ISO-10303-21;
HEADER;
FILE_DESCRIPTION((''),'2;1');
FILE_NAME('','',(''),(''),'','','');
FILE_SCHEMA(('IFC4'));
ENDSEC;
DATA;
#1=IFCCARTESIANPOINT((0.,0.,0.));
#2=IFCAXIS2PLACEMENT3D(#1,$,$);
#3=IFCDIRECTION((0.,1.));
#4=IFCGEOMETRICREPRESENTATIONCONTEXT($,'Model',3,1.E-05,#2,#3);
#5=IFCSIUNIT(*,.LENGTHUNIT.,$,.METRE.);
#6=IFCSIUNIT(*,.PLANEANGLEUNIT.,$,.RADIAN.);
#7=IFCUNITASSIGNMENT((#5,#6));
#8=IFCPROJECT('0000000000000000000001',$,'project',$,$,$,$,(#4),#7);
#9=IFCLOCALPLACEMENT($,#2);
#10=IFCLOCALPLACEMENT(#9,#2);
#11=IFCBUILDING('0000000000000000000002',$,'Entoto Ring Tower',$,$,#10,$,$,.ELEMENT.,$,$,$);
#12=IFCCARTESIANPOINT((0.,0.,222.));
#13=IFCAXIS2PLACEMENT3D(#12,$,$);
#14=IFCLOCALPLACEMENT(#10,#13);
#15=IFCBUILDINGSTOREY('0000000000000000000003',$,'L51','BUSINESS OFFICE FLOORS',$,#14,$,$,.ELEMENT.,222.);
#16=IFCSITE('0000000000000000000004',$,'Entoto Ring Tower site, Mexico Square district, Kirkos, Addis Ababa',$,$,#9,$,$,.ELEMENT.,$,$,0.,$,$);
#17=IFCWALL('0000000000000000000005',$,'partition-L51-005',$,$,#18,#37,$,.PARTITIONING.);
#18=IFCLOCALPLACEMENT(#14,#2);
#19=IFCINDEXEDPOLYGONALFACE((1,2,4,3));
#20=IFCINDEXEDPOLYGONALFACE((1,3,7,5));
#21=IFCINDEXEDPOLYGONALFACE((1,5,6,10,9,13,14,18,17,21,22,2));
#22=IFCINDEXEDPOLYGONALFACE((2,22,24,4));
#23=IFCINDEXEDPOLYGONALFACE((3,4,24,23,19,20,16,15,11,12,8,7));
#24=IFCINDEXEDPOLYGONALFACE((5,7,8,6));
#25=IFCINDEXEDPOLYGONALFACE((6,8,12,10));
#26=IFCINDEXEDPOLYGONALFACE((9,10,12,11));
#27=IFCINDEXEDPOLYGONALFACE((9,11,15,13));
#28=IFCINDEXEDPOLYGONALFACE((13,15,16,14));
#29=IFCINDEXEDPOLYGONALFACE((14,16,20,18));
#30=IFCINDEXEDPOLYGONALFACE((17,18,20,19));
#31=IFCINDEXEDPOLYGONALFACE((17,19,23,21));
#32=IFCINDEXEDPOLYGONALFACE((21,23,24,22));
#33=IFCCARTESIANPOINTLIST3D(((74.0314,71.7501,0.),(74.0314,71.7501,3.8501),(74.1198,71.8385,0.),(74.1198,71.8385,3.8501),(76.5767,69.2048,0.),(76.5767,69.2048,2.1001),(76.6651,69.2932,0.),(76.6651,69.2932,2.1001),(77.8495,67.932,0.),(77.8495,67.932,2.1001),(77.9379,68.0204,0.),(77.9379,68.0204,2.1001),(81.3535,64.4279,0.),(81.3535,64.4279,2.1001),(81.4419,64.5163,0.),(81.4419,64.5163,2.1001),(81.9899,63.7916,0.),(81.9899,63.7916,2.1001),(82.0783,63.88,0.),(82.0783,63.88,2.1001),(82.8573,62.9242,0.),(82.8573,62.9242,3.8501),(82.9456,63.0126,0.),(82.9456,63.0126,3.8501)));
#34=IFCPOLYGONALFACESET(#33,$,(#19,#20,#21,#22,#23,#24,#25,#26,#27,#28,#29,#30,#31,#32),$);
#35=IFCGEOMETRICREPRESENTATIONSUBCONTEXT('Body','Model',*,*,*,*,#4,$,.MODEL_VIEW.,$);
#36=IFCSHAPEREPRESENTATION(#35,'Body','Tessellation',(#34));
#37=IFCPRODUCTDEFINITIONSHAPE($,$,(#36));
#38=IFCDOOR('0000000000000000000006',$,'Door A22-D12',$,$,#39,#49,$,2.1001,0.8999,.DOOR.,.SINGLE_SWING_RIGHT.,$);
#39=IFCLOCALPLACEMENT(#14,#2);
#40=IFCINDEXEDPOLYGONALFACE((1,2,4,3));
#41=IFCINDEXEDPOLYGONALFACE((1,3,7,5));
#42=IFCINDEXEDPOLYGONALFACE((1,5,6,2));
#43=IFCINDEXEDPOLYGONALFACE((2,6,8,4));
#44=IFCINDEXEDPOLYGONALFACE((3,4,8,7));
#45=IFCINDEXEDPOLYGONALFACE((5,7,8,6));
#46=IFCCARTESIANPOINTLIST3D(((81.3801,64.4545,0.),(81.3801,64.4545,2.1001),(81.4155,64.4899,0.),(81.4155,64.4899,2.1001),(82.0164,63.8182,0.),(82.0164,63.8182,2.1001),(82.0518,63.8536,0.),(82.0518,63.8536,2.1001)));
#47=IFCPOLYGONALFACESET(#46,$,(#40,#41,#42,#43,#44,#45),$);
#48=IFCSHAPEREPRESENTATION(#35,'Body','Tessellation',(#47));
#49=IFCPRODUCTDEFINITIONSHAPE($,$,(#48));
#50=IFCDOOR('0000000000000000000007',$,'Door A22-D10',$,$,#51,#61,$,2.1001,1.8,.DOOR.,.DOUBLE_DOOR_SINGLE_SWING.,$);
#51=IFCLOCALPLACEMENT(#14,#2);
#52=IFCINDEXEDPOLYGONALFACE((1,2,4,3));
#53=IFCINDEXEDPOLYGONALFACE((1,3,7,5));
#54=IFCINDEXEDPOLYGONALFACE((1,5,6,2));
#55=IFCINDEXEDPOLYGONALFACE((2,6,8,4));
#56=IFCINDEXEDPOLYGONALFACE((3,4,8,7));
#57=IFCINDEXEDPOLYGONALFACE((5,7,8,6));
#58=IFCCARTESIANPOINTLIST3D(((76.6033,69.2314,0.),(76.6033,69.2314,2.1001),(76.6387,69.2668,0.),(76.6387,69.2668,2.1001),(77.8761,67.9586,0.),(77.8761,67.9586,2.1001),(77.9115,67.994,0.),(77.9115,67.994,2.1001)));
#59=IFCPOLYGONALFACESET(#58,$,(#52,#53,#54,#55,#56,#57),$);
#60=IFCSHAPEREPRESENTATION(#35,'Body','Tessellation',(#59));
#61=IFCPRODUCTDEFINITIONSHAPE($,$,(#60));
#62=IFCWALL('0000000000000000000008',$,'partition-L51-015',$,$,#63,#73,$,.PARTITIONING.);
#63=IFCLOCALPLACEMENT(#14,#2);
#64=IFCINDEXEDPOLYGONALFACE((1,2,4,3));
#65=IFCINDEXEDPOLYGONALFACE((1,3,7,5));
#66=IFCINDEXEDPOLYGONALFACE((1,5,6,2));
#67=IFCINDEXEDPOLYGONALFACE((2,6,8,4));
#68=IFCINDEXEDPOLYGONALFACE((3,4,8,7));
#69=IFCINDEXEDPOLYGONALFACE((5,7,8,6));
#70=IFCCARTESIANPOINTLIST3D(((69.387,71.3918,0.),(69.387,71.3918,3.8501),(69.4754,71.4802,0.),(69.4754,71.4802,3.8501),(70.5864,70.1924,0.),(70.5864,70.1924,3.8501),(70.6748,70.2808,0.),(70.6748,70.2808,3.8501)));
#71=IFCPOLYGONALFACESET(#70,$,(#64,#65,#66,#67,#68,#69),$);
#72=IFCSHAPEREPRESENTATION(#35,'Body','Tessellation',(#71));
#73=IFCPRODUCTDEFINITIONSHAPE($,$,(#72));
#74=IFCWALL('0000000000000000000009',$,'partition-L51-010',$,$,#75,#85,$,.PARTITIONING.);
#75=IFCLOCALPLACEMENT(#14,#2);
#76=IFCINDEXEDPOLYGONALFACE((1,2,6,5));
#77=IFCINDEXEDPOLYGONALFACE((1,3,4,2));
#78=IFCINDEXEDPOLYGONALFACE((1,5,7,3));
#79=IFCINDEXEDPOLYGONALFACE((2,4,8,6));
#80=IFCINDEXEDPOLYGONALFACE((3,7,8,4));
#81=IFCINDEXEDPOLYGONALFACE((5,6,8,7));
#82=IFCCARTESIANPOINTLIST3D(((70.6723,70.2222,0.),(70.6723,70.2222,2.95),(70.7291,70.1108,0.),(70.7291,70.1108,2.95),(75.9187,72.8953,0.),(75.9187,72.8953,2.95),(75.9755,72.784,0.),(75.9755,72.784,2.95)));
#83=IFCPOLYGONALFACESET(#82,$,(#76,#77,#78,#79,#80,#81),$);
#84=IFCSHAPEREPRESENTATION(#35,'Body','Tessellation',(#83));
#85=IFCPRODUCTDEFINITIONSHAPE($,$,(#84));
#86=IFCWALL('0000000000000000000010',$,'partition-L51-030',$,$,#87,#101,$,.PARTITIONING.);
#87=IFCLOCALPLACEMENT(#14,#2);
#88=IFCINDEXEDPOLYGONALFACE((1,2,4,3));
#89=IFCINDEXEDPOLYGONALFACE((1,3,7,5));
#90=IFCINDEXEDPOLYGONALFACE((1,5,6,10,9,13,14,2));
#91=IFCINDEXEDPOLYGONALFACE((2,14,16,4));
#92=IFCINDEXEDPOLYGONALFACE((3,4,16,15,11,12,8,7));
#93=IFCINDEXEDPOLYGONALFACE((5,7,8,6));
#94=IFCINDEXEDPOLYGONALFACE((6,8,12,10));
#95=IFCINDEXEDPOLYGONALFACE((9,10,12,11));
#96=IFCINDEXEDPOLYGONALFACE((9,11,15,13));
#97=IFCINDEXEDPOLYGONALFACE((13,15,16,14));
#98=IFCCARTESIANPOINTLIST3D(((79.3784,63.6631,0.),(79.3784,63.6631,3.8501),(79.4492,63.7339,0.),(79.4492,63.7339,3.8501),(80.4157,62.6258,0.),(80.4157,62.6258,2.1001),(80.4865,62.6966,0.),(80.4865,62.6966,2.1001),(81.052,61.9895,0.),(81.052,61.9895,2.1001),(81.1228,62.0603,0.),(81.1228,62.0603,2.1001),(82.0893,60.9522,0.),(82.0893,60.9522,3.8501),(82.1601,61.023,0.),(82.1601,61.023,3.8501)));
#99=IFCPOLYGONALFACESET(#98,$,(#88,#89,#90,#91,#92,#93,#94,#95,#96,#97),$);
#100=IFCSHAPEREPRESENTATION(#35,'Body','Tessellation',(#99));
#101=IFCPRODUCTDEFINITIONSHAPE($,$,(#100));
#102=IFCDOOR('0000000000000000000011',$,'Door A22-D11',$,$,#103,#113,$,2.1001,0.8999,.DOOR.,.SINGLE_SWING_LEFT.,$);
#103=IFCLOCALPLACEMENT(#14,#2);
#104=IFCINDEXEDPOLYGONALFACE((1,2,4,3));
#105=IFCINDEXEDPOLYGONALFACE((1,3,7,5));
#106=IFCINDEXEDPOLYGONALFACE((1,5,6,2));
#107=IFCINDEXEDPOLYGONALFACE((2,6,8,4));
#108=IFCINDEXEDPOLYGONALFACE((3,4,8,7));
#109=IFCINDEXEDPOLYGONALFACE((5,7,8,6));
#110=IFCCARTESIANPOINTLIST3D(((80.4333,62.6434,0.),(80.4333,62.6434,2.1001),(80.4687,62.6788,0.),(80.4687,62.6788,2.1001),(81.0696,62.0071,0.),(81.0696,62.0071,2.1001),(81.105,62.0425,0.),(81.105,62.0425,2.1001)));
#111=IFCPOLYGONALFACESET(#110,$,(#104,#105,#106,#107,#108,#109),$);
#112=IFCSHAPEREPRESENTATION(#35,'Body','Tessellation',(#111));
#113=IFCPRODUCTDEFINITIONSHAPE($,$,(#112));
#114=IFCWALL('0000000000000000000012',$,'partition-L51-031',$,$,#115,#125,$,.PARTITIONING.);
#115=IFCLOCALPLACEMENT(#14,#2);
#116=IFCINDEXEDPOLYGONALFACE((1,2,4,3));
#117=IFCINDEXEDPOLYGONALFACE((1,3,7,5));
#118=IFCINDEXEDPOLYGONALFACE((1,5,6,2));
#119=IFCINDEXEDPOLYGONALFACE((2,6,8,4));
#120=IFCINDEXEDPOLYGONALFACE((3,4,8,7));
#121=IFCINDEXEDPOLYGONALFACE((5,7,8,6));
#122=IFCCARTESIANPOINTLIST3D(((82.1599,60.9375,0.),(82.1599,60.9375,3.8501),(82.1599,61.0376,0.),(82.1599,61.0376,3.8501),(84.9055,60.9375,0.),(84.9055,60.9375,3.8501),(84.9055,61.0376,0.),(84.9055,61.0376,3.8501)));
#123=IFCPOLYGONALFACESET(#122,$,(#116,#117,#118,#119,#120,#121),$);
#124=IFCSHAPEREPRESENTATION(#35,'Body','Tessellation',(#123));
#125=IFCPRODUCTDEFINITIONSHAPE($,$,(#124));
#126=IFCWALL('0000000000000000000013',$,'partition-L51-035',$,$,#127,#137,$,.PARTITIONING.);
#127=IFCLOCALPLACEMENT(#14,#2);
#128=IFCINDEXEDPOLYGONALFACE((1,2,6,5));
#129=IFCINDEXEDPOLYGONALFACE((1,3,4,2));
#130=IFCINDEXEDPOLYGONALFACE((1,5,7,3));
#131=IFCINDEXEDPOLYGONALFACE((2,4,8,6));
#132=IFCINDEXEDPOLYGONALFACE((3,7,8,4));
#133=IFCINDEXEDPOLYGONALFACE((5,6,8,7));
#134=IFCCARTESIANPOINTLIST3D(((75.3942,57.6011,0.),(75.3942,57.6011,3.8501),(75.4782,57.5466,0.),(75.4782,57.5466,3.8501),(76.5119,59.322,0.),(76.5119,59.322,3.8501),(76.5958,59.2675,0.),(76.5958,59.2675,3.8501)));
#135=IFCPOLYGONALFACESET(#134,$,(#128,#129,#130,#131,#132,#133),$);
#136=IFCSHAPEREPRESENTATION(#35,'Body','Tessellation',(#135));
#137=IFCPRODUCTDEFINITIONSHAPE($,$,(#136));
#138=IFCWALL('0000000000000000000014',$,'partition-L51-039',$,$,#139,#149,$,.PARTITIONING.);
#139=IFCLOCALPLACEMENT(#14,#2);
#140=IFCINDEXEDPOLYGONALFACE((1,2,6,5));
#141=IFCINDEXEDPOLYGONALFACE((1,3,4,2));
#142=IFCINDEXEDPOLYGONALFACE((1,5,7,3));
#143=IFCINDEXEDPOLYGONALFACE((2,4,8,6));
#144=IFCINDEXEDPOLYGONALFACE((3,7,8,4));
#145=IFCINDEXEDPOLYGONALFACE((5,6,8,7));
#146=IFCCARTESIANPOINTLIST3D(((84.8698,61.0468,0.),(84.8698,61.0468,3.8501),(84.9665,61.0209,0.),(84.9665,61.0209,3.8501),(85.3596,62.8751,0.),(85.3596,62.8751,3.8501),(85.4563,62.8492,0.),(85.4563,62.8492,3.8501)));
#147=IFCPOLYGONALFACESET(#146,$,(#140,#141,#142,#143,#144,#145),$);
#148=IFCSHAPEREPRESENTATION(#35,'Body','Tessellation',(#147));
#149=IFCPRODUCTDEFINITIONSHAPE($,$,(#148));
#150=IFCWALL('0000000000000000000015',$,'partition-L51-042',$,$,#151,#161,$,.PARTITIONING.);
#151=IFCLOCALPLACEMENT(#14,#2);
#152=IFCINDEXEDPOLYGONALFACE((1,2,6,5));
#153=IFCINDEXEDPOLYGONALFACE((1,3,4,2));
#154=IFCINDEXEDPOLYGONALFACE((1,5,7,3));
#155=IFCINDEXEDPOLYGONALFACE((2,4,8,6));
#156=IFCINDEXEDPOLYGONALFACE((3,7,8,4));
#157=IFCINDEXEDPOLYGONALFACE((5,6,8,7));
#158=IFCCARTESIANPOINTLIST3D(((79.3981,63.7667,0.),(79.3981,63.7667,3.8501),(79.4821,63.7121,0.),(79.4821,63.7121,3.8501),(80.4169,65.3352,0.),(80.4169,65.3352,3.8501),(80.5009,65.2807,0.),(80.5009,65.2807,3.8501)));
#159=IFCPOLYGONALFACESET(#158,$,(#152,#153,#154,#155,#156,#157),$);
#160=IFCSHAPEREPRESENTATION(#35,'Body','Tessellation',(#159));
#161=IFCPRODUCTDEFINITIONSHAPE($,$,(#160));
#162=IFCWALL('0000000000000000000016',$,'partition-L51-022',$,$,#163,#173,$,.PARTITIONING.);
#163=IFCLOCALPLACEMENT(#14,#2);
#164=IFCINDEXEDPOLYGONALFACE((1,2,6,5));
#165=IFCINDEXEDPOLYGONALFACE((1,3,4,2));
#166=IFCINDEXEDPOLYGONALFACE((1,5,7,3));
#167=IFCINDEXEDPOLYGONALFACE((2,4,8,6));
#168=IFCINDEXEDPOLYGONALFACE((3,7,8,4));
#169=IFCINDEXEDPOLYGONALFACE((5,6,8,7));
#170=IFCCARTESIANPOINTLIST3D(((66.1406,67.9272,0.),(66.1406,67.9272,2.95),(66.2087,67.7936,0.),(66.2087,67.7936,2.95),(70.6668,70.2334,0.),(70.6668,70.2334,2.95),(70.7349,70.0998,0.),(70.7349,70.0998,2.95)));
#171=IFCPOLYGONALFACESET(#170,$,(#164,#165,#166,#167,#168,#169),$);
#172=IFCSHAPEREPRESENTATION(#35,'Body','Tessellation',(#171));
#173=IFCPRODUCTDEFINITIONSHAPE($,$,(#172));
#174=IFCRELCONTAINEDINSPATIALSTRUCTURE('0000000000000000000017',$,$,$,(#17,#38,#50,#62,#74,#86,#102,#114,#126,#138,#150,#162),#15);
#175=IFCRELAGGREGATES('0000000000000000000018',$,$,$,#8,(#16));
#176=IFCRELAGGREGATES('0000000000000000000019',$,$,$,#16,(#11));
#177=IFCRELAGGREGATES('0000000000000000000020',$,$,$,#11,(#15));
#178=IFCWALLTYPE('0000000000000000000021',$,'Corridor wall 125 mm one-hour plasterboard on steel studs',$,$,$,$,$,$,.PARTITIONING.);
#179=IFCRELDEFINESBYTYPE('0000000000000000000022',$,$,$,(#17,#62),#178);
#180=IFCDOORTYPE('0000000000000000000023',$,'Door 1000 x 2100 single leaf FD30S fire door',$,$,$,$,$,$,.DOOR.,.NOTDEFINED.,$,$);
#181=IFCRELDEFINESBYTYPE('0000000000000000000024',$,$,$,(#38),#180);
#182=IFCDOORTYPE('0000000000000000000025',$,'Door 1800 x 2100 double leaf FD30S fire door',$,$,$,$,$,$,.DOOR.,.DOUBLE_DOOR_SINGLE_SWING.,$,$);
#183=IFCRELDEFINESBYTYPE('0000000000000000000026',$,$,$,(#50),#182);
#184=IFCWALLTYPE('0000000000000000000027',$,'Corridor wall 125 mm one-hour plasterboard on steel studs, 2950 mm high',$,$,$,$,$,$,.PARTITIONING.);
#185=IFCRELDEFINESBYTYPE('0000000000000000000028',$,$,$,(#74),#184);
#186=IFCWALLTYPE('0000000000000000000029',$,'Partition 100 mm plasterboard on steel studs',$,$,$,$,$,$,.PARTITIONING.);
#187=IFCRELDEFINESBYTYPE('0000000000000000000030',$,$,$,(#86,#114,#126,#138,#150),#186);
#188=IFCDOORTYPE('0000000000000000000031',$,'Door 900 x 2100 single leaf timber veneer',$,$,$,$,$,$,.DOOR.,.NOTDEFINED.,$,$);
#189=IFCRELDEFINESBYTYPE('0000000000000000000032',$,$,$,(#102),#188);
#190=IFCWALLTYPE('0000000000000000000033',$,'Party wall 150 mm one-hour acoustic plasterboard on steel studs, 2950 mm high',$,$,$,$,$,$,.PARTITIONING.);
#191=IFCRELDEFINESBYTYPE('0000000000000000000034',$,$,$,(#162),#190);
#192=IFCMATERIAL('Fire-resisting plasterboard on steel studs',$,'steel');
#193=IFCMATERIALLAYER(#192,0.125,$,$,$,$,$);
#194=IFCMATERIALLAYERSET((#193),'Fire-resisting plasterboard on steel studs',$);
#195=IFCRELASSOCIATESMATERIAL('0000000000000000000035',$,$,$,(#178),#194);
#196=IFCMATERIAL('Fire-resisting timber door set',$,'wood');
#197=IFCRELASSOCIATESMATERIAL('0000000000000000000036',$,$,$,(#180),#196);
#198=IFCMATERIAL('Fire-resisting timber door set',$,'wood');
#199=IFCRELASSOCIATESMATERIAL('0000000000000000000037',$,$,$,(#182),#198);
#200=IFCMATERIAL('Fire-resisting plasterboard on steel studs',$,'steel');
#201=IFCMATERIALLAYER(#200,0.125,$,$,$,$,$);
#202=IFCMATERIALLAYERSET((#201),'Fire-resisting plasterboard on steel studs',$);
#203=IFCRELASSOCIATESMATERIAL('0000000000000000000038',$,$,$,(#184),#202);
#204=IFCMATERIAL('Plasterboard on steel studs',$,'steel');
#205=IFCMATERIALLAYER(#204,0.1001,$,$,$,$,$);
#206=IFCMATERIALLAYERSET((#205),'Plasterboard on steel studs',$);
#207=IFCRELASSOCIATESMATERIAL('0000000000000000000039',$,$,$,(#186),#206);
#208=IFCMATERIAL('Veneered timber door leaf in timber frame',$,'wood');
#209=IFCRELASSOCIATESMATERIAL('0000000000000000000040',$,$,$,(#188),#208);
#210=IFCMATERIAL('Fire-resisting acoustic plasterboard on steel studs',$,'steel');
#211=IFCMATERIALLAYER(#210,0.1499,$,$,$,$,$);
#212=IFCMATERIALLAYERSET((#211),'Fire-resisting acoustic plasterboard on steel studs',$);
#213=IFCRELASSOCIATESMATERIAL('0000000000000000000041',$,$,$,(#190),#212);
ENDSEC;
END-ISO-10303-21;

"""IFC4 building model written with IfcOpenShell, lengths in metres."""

from ifc_helpers import new_model, si_unit, direction, frame, frame_2d, origin, place, context, subcontext, project, spatial, rectangle, extrude, material, layer, layer_set, type_object, element, fill, save


model = new_model("IFC4")

# Units and contexts
model_context = context("Model", 3, precision=1e-05, world=origin(), true_north=direction((0.0, 1.0)))
body_context = subcontext(model_context, "Body", "Model", "MODEL_VIEW")
ifc_project = project(units=[si_unit("LENGTHUNIT", "METRE"), si_unit("PLANEANGLEUNIT", "RADIAN")], contexts=[model_context])

# Site, building, storey
site_placement = place(None, origin())
site = spatial("IfcSite", under=ifc_project, at=site_placement, Name="Entoto Ring Tower site, Mexico Square district, Kirkos, Addis Ababa", CompositionType="ELEMENT", RefElevation=0.0)
building_placement = place(site_placement, origin())
building = spatial("IfcBuilding", under=site, at=building_placement, Name="Entoto Ring Tower", CompositionType="ELEMENT")
storey_placement = place(building_placement, frame((0.0, 0.0, 222.0)))
storey = spatial("IfcBuildingStorey", under=building, at=storey_placement, Name="L51", Description="BUSINESS OFFICE FLOORS", CompositionType="ELEMENT", Elevation=222.0)

# Shared definitions
ifc_material_1 = material(Name="Fire-resisting plasterboard on steel studs", Category="steel")
ifc_layer_1 = layer(ifc_material_1, 0.125)
ifc_layer_set_1 = layer_set([ifc_layer_1], Name="Fire-resisting plasterboard on steel studs")
wall_type_1 = type_object("IfcWallType", Name="Corridor wall 125 mm one-hour plasterboard on steel studs", PredefinedType="PARTITIONING", material=ifc_layer_set_1)

# Wall, openings, doors
wall_1_placement = place(storey_placement, frame((82.9014, 62.9685, 0.0), z_axis=(0.0, 0.0, 1.0), x_axis=(-0.707107, 0.707107, 0.0)))
wall_1 = element("IfcWall", 1, at=wall_1_placement, inside=storey, type_object=wall_type_1, Name="partition-L51-005", PredefinedType="PARTITIONING", context=body_context, shape_type="SweptSolid", body=[
    extrude(rectangle(XDim=12.4817, YDim=0.125, at=frame_2d((6.2407, 0.0))), origin(), (0.0, 0.0, 1.0), 3.8501),
])
opening_1_placement = place(wall_1_placement, frame((7.082, 0.0, 0.0)))
opening_1 = element("IfcOpeningElement", 2, at=opening_1_placement, cuts=wall_1, PredefinedType="OPENING", context=body_context, shape_type="SweptSolid", body=[
    extrude(rectangle(XDim=1.8, YDim=2.1001, at=frame_2d((0.8999, 1.05))), frame((0.0, 0.0725, 0.0), z_axis=(0.0, -1.0, 0.0), x_axis=(1.0, 0.0, 0.0)), (0.0, 0.0, 1.0), 0.145),
])
opening_2_placement = place(wall_1_placement, frame((1.2266, 0.0, 0.0)))
opening_2 = element("IfcOpeningElement", 3, at=opening_2_placement, cuts=wall_1, PredefinedType="OPENING", context=body_context, shape_type="SweptSolid", body=[
    extrude(rectangle(XDim=0.8999, YDim=2.1001, at=frame_2d((0.45, 1.05))), frame((0.0, 0.0725, 0.0), z_axis=(0.0, -1.0, 0.0), x_axis=(1.0, 0.0, 0.0)), (0.0, 0.0, 1.0), 0.145),
])
ifc_material_2 = material(Name="Fire-resisting timber door set", Category="wood")
door_type_1 = type_object("IfcDoorType", Name="Door 1000 x 2100 single leaf FD30S fire door", OperationType="NOTDEFINED", PredefinedType="DOOR", material=ifc_material_2)
door_1_placement = place(opening_2_placement, origin())
door_1 = element("IfcDoor", 4, at=door_1_placement, inside=storey, type_object=door_type_1, Name="Door A22-D12", OperationType="SINGLE_SWING_RIGHT", OverallHeight=2.1001, OverallWidth=0.8999, PredefinedType="DOOR", context=body_context, shape_type="SweptSolid", body=[
    extrude(rectangle(XDim=0.8999, YDim=2.1001, at=frame_2d((0.45, 1.05))), frame((0.0, 0.0249, 0.0), z_axis=(0.0, -1.0, 0.0), x_axis=(1.0, 0.0, 0.0)), (0.0, 0.0, 1.0), 0.05),
])
fill(opening_2, door_1)
ifc_material_3 = material(Name="Fire-resisting timber door set", Category="wood")
door_type_2 = type_object("IfcDoorType", Name="Door 1800 x 2100 double leaf FD30S fire door", OperationType="DOUBLE_DOOR_SINGLE_SWING", PredefinedType="DOOR", material=ifc_material_3)
door_2_placement = place(opening_1_placement, origin())
door_2 = element("IfcDoor", 5, at=door_2_placement, inside=storey, type_object=door_type_2, Name="Door A22-D10", OperationType="DOUBLE_DOOR_SINGLE_SWING", OverallHeight=2.1001, OverallWidth=1.8, PredefinedType="DOOR", context=body_context, shape_type="SweptSolid", body=[
    extrude(rectangle(XDim=1.8, YDim=2.1001, at=frame_2d((0.8999, 1.05))), frame((0.0, 0.0249, 0.0), z_axis=(0.0, -1.0, 0.0), x_axis=(1.0, 0.0, 0.0)), (0.0, 0.0, 1.0), 0.05),
])
fill(opening_1, door_2)

# Walls
wall_2_placement = place(storey_placement, frame((70.6306, 70.2366, 0.0), z_axis=(0.0, 0.0, 1.0), x_axis=(-0.707107, 0.707107, 0.0)))
element("IfcWall", 6, at=wall_2_placement, inside=storey, type_object=wall_type_1, Name="partition-L51-015", PredefinedType="PARTITIONING", context=body_context, shape_type="SweptSolid", body=[
    extrude(rectangle(XDim=1.6963, YDim=0.125, at=frame_2d((0.8481, 0.0))), origin(), (0.0, 0.0, 1.0), 3.8501),
])
ifc_material_4 = material(Name="Fire-resisting plasterboard on steel studs", Category="steel")
ifc_layer_2 = layer(ifc_material_4, 0.125)
ifc_layer_set_2 = layer_set([ifc_layer_2], Name="Fire-resisting plasterboard on steel studs")
wall_type_2 = type_object("IfcWallType", Name="Corridor wall 125 mm one-hour plasterboard on steel studs, 2950 mm high", PredefinedType="PARTITIONING", material=ifc_layer_set_2)
wall_3_placement = place(storey_placement, frame((70.7007, 70.1665, 0.0), z_axis=(0.0, 0.0, 1.0), x_axis=(0.89101, 0.453984, 0.0)))
element("IfcWall", 7, at=wall_3_placement, inside=storey, type_object=wall_type_2, Name="partition-L51-010", PredefinedType="PARTITIONING", context=body_context, shape_type="SweptSolid", body=[
    extrude(rectangle(XDim=5.8882, YDim=0.125, at=frame_2d((2.9441, 0.0))), origin(), (0.0, 0.0, 1.0), 2.95),
])

# Wall, opening, door
ifc_material_5 = material(Name="Plasterboard on steel studs", Category="steel")
ifc_layer_3 = layer(ifc_material_5, 0.1001)
ifc_layer_set_3 = layer_set([ifc_layer_3], Name="Plasterboard on steel studs")
wall_type_3 = type_object("IfcWallType", Name="Partition 100 mm plasterboard on steel studs", PredefinedType="PARTITIONING", material=ifc_layer_set_3)
wall_4_placement = place(storey_placement, frame((82.1248, 60.9875, 0.0), z_axis=(0.0, 0.0, 1.0), x_axis=(-0.707107, 0.707107, 0.0)))
wall_4 = element("IfcWall", 8, at=wall_4_placement, inside=storey, type_object=wall_type_3, Name="partition-L51-030", PredefinedType="PARTITIONING", context=body_context, shape_type="SweptSolid", body=[
    extrude(rectangle(XDim=3.8337, YDim=0.1001, at=frame_2d((1.917, 0.0))), origin(), (0.0, 0.0, 1.0), 3.8501),
])
opening_3_placement = place(wall_4_placement, frame((1.467, 0.0, 0.0)))
opening_3 = element("IfcOpeningElement", 9, at=opening_3_placement, cuts=wall_4, PredefinedType="OPENING", context=body_context, shape_type="SweptSolid", body=[
    extrude(rectangle(XDim=0.8999, YDim=2.1001, at=frame_2d((0.45, 1.05))), frame((0.0, 0.0601, 0.0), z_axis=(0.0, -1.0, 0.0), x_axis=(1.0, 0.0, 0.0)), (0.0, 0.0, 1.0), 0.1201),
])
ifc_material_6 = material(Name="Veneered timber door leaf in timber frame", Category="wood")
door_type_3 = type_object("IfcDoorType", Name="Door 900 x 2100 single leaf timber veneer", OperationType="NOTDEFINED", PredefinedType="DOOR", material=ifc_material_6)
door_3_placement = place(opening_3_placement, frame((0.8999, 0.0, 0.0), z_axis=(0.0, 0.0, 1.0), x_axis=(-1.0, 0.0, 0.0)))
door_3 = element("IfcDoor", 10, at=door_3_placement, inside=storey, type_object=door_type_3, Name="Door A22-D11", OperationType="SINGLE_SWING_LEFT", OverallHeight=2.1001, OverallWidth=0.8999, PredefinedType="DOOR", context=body_context, shape_type="SweptSolid", body=[
    extrude(rectangle(XDim=0.8999, YDim=2.1001, at=frame_2d((0.45, 1.05))), frame((0.0, 0.0249, 0.0), z_axis=(0.0, -1.0, 0.0), x_axis=(1.0, 0.0, 0.0)), (0.0, 0.0, 1.0), 0.05),
])
fill(opening_3, door_3)

# Walls
wall_5_placement = place(storey_placement, frame((82.1599, 60.9875, 0.0), z_axis=(0.0, 0.0, 1.0), x_axis=(1.0, 0.0, 0.0)))
element("IfcWall", 11, at=wall_5_placement, inside=storey, type_object=wall_type_3, Name="partition-L51-031", PredefinedType="PARTITIONING", context=body_context, shape_type="SweptSolid", body=[
    extrude(rectangle(XDim=2.7456, YDim=0.1001, at=frame_2d((1.3728, 0.0))), origin(), (0.0, 0.0, 1.0), 3.8501),
])
wall_6_placement = place(storey_placement, frame((75.4363, 57.574, 0.0), z_axis=(0.0, 0.0, 1.0), x_axis=(0.544666, 0.838653, 0.0)))
element("IfcWall", 12, at=wall_6_placement, inside=storey, type_object=wall_type_3, Name="partition-L51-035", PredefinedType="PARTITIONING", context=body_context, shape_type="SweptSolid", body=[
    extrude(rectangle(XDim=2.052, YDim=0.1001, at=frame_2d((1.0259, 0.0))), origin(), (0.0, 0.0, 1.0), 3.8501),
])
wall_7_placement = place(storey_placement, frame((84.9182, 61.0339, 0.0), z_axis=(0.0, 0.0, 1.0), x_axis=(0.258738, 0.965947, 0.0)))
element("IfcWall", 13, at=wall_7_placement, inside=storey, type_object=wall_type_3, Name="partition-L51-039", PredefinedType="PARTITIONING", context=body_context, shape_type="SweptSolid", body=[
    extrude(rectangle(XDim=1.8928, YDim=0.1001, at=frame_2d((0.9463, 0.0))), origin(), (0.0, 0.0, 1.0), 3.8501),
])
wall_8_placement = place(storey_placement, frame((79.4402, 63.7395, 0.0), z_axis=(0.0, 0.0, 1.0), x_axis=(0.54469, 0.838637, 0.0)))
element("IfcWall", 14, at=wall_8_placement, inside=storey, type_object=wall_type_3, Name="partition-L51-042", PredefinedType="PARTITIONING", context=body_context, shape_type="SweptSolid", body=[
    extrude(rectangle(XDim=1.8704, YDim=0.1001, at=frame_2d((0.9351, 0.0))), origin(), (0.0, 0.0, 1.0), 3.8501),
])
ifc_material_7 = material(Name="Fire-resisting acoustic plasterboard on steel studs", Category="steel")
ifc_layer_4 = layer(ifc_material_7, 0.1499)
ifc_layer_set_4 = layer_set([ifc_layer_4], Name="Fire-resisting acoustic plasterboard on steel studs")
wall_type_4 = type_object("IfcWallType", Name="Party wall 150 mm one-hour acoustic plasterboard on steel studs, 2950 mm high", PredefinedType="PARTITIONING", material=ifc_layer_set_4)
wall_9_placement = place(storey_placement, frame((66.1746, 67.8604, 0.0), z_axis=(0.0, 0.0, 1.0), x_axis=(0.891008, 0.453987, 0.0)))
element("IfcWall", 15, at=wall_9_placement, inside=storey, type_object=wall_type_4, Name="partition-L51-022", PredefinedType="PARTITIONING", context=body_context, shape_type="SweptSolid", body=[
    extrude(rectangle(XDim=5.0798, YDim=0.1499, at=frame_2d((2.54, 0.0))), origin(), (0.0, 0.0, 1.0), 2.95),
])

save(model, "model.ifc")
